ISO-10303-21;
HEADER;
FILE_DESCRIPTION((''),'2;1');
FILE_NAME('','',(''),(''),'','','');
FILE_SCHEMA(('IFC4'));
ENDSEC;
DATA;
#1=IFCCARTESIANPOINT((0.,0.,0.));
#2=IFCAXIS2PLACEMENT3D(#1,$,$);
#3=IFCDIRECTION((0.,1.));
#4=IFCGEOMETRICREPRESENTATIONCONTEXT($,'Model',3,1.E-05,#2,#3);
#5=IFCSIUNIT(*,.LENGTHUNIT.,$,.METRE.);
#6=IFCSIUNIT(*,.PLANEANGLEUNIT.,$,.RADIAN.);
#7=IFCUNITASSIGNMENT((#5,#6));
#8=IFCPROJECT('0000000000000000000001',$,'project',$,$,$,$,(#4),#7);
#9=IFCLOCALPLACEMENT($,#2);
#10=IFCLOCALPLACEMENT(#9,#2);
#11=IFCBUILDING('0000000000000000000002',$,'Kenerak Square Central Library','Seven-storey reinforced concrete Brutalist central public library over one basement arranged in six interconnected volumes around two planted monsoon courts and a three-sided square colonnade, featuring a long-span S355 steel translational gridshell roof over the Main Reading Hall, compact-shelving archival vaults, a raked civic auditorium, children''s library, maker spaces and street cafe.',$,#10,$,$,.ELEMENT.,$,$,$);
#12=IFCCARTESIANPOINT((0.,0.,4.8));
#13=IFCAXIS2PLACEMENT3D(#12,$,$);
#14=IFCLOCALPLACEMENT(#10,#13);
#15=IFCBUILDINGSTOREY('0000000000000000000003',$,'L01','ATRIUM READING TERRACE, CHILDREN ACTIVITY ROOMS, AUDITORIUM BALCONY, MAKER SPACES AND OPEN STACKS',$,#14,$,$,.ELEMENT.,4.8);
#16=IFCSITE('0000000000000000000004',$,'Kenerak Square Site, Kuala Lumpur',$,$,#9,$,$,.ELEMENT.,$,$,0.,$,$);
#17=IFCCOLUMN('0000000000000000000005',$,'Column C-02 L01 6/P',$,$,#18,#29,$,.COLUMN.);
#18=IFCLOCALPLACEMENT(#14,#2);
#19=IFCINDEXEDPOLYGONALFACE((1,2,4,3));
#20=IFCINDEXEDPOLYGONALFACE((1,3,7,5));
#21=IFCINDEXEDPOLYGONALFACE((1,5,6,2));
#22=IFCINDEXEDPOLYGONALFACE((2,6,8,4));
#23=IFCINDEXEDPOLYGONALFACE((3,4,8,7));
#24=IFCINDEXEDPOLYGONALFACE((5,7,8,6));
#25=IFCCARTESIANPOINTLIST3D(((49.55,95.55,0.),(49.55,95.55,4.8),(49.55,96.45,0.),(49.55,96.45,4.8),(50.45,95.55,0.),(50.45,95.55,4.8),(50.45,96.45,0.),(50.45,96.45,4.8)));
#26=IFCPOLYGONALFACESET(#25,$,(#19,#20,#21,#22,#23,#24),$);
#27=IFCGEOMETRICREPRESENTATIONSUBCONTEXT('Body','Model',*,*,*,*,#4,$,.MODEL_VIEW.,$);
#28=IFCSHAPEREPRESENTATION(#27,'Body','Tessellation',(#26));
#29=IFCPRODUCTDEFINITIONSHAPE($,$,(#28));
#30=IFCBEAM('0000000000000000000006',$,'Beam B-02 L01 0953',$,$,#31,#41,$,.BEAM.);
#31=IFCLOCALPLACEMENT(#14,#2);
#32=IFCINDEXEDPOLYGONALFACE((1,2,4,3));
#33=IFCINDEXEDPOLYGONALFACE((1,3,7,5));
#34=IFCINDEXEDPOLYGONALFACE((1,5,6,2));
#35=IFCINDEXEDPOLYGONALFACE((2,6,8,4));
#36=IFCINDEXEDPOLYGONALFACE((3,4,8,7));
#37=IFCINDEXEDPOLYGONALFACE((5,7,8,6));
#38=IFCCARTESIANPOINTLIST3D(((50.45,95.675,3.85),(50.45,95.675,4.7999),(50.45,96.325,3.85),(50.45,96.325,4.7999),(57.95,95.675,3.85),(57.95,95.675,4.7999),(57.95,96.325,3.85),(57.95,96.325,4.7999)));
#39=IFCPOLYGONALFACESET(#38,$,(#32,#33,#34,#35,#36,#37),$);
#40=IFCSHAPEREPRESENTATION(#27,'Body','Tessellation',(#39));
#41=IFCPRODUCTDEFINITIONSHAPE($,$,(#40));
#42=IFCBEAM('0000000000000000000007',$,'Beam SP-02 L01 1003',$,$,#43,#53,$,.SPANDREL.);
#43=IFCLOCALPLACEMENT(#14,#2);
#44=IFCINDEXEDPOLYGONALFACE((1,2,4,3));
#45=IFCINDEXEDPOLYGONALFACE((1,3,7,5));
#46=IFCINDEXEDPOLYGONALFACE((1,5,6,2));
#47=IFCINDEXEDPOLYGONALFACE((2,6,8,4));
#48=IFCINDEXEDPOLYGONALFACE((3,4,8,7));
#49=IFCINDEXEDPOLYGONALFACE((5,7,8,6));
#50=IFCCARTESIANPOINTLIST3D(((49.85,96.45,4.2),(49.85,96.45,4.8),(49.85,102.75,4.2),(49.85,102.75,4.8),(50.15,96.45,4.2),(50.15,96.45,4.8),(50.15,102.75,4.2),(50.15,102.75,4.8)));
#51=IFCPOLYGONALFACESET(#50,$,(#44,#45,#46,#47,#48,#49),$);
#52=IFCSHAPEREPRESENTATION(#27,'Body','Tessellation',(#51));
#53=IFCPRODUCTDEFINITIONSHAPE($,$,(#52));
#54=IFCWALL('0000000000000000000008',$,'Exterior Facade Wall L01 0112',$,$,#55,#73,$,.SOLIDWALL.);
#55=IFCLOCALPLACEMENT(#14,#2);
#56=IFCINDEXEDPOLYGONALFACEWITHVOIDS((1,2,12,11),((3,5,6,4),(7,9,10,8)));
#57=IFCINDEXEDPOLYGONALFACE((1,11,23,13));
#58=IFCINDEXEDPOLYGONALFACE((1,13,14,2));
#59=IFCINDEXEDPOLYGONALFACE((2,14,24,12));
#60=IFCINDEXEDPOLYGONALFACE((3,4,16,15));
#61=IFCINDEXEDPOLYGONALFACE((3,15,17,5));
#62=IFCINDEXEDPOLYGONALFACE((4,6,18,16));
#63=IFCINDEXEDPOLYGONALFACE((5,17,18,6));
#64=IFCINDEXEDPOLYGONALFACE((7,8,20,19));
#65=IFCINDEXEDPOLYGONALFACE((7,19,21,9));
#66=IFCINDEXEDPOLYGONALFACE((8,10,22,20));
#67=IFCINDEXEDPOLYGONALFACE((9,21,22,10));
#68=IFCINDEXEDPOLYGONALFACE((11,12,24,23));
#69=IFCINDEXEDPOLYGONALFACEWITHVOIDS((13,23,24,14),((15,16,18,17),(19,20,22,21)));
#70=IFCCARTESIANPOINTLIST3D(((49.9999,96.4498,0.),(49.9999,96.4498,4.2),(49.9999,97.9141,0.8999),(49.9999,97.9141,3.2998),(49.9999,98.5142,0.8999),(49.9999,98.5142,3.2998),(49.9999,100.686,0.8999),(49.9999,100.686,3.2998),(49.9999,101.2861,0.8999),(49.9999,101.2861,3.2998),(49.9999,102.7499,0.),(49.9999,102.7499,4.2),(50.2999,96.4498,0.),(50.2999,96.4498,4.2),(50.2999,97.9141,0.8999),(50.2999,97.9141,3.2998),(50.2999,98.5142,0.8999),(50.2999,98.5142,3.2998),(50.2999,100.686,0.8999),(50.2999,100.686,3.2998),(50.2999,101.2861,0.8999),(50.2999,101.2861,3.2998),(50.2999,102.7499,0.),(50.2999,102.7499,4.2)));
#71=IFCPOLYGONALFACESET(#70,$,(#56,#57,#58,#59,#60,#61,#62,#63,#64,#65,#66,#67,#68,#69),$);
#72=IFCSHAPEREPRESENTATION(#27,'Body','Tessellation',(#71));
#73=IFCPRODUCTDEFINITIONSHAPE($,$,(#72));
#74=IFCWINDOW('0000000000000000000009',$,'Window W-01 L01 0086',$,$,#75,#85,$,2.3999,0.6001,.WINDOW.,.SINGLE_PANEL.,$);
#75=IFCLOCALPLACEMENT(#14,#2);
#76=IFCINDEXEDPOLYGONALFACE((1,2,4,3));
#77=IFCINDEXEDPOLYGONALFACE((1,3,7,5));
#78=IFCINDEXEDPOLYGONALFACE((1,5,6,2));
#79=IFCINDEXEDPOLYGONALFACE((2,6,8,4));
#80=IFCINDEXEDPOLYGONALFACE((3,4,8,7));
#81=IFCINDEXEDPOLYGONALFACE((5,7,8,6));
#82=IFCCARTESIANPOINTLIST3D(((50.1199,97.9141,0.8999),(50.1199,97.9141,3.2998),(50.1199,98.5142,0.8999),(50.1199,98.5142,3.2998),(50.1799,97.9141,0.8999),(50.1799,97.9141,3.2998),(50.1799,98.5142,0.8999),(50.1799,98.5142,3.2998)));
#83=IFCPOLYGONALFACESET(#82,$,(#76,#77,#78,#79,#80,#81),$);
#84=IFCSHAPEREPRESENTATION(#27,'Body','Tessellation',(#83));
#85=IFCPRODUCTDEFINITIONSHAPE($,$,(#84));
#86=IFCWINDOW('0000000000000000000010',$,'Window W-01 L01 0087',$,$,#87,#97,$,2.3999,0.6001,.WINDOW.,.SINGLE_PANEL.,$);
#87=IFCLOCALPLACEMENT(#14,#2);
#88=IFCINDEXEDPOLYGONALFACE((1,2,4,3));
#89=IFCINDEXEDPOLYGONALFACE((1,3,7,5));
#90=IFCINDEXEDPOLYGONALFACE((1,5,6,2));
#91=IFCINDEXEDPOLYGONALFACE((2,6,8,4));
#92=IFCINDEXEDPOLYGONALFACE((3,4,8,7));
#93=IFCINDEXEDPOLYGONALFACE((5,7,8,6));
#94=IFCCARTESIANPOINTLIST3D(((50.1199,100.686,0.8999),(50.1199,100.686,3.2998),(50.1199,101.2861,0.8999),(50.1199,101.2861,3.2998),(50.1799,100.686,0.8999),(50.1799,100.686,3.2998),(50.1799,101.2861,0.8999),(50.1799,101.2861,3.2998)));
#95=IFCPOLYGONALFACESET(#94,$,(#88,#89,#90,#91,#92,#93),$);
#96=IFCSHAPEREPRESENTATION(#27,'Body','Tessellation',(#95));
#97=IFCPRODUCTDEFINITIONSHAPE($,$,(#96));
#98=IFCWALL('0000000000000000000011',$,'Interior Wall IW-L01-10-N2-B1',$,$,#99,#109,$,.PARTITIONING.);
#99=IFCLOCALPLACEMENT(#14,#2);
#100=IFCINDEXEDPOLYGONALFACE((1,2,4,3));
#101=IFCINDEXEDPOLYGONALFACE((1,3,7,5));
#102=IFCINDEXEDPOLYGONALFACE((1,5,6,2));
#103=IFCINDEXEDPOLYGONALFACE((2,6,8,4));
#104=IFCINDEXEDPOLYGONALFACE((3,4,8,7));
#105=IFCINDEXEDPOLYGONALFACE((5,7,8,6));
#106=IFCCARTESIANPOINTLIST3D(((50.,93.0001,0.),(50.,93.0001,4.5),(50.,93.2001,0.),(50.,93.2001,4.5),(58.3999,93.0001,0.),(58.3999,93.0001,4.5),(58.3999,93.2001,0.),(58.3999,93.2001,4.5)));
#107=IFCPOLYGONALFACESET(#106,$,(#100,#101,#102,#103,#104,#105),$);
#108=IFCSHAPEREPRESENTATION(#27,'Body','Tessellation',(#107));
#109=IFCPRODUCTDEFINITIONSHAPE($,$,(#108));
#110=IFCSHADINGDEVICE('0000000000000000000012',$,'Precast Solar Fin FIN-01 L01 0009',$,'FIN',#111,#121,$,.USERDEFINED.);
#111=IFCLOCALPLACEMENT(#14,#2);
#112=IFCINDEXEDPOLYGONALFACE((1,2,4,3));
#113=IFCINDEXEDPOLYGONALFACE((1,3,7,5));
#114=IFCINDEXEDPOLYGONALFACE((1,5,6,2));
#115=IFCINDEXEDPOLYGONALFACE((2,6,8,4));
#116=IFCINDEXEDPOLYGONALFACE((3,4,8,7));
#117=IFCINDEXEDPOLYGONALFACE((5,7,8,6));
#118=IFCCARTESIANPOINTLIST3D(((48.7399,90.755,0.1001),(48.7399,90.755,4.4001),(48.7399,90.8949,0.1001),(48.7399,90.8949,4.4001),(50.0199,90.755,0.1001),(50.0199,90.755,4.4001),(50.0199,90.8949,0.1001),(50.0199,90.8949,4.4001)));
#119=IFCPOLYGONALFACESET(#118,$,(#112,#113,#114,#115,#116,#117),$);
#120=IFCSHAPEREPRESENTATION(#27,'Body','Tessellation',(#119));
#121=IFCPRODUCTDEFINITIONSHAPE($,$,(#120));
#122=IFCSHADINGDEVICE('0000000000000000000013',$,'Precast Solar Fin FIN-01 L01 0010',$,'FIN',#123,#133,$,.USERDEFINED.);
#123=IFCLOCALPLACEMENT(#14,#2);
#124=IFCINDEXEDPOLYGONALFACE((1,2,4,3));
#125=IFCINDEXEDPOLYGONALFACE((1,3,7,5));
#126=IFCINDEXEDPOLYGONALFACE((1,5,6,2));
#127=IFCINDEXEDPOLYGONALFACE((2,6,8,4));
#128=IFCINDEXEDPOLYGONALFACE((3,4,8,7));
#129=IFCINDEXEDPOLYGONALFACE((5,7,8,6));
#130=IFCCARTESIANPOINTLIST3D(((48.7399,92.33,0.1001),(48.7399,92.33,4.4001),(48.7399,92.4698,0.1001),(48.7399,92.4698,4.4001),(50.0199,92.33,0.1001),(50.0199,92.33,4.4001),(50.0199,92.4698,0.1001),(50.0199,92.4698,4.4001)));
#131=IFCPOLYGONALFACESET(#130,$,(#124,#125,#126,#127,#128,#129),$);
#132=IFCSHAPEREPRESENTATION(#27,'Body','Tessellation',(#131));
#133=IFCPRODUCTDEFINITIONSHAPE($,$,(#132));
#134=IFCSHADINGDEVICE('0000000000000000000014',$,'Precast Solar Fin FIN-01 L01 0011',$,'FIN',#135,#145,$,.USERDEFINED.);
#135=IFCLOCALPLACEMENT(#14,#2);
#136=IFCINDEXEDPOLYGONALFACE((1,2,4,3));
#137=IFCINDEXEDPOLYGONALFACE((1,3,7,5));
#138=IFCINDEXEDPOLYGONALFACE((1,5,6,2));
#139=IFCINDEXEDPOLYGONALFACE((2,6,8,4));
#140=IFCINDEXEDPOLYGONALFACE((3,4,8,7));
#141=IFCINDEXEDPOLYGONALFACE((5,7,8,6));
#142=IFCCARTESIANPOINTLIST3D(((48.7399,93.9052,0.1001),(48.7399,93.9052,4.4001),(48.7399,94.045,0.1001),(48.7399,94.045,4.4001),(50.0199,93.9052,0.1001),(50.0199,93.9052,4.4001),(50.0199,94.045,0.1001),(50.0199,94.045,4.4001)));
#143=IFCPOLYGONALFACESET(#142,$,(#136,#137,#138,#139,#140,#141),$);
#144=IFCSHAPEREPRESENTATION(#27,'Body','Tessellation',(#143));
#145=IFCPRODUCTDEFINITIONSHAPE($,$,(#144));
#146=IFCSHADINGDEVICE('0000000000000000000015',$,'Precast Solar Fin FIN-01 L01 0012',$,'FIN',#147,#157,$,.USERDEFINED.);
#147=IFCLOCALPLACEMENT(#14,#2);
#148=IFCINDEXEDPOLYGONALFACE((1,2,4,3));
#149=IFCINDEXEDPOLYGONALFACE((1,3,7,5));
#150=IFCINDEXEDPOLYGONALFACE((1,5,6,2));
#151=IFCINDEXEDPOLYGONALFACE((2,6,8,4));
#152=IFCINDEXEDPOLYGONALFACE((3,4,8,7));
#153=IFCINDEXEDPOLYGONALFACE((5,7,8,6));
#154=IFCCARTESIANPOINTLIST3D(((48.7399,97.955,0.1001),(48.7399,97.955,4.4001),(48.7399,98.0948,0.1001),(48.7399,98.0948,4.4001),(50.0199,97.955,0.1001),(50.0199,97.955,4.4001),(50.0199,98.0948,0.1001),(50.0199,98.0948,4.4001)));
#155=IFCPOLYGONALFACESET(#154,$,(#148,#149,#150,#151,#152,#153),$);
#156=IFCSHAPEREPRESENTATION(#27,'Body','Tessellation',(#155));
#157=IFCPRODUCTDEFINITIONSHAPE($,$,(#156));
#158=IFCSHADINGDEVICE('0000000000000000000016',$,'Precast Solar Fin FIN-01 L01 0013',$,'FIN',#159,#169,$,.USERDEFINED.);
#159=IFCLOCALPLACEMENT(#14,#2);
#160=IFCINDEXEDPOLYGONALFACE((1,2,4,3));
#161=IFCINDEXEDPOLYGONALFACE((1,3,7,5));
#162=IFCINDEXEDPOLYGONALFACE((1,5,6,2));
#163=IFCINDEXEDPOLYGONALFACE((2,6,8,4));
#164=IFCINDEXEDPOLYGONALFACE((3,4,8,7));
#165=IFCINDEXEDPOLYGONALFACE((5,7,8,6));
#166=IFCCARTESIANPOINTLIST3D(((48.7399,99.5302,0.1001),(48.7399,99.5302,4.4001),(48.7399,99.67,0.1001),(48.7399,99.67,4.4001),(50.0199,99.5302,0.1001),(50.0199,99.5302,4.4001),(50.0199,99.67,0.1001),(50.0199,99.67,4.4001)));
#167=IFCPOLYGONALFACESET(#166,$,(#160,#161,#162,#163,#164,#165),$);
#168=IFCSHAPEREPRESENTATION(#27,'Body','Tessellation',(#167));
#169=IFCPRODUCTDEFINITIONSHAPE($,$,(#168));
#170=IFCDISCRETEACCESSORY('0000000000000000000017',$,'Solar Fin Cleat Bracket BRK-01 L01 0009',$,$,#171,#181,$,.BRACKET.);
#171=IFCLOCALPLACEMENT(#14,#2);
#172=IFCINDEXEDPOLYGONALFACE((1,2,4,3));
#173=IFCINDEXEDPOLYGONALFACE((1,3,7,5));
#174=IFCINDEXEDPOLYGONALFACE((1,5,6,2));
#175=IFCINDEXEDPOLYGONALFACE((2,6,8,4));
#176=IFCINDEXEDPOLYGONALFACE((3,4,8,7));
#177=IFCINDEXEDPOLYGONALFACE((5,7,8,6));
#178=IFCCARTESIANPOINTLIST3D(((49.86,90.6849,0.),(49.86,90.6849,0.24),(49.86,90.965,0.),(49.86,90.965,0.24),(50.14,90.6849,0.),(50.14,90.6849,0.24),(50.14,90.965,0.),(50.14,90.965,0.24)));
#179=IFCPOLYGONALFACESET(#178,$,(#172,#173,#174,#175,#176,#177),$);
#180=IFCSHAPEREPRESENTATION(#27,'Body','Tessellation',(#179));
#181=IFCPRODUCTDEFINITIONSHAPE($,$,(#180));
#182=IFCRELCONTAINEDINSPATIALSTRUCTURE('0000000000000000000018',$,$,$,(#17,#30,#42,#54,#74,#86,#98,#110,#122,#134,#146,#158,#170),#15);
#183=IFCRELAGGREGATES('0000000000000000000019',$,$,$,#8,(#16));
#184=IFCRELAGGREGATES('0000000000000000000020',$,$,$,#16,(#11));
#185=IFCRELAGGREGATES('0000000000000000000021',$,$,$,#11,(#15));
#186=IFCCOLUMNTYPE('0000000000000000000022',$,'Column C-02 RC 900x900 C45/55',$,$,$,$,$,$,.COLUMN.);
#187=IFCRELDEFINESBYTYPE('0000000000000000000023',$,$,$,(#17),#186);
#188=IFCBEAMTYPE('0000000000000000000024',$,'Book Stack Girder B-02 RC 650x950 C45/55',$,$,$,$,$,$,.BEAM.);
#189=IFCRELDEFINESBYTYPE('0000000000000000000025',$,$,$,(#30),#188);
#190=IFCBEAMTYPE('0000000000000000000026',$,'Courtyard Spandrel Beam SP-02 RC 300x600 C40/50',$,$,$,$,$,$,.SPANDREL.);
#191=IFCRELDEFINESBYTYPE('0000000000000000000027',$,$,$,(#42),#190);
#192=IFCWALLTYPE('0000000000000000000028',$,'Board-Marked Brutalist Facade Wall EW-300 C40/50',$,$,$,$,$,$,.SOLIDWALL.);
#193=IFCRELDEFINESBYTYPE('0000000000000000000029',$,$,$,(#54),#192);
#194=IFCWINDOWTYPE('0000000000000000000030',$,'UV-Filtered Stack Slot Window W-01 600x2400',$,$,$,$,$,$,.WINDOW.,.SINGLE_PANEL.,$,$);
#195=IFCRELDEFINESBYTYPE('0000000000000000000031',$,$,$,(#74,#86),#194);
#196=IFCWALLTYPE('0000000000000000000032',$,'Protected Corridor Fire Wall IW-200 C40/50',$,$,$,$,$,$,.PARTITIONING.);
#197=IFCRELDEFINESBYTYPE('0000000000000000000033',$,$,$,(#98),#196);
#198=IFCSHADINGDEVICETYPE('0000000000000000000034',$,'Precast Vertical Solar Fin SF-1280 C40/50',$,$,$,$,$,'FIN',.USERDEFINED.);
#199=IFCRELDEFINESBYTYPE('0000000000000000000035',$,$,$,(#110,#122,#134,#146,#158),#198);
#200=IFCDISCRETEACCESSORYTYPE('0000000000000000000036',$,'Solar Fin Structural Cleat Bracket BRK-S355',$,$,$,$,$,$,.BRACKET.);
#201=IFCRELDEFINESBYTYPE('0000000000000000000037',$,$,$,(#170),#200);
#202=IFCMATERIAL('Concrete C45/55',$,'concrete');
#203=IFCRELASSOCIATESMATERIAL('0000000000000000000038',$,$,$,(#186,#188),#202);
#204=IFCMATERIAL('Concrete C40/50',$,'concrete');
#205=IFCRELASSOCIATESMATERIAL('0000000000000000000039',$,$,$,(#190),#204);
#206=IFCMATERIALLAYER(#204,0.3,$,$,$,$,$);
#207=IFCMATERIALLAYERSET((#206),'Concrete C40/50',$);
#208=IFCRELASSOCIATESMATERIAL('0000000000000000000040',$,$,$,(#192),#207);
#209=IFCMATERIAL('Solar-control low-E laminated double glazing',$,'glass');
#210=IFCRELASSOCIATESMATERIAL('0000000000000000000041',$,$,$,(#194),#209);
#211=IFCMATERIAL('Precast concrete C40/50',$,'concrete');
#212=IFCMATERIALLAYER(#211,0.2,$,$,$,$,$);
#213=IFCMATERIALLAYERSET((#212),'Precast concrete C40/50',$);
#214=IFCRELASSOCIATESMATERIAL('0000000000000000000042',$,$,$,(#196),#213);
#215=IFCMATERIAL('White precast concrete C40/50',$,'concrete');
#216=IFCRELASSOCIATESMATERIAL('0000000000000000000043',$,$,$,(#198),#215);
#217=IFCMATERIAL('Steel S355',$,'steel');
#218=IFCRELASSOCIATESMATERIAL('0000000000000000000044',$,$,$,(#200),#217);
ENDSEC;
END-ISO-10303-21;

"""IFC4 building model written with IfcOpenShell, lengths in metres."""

from ifc_helpers import new_model, si_unit, direction, frame, frame_2d, origin, origin_2d, place, context, subcontext, project, spatial, rectangle, extrude, material, layer, layer_set, material_profile, profile_set, type_object, element, fill, save


model = new_model("IFC4")

# Units and contexts
model_context = context("Model", 3, precision=1e-05, world=origin(), true_north=direction((0.0, 1.0)))
body_context = subcontext(model_context, "Body", "Model", "MODEL_VIEW")
ifc_project = project(units=[si_unit("LENGTHUNIT", "METRE"), si_unit("PLANEANGLEUNIT", "RADIAN")], contexts=[model_context])

# Site, building, storey
site_placement = place(None, origin())
site = spatial("IfcSite", under=ifc_project, at=site_placement, Name="Kenerak Square Site, Kuala Lumpur", CompositionType="ELEMENT", RefElevation=0.0)
building_placement = place(site_placement, origin())
building = spatial("IfcBuilding", under=site, at=building_placement, Name="Kenerak Square Central Library", Description="Seven-storey reinforced concrete Brutalist central public library over one basement arranged in six interconnected volumes around two planted monsoon courts and a three-sided square colonnade, featuring a long-span S355 steel translational gridshell roof over the Main Reading Hall, compact-shelving archival vaults, a raked civic auditorium, children's library, maker spaces and street cafe.", CompositionType="ELEMENT")
storey_placement = place(building_placement, frame((0.0, 0.0, 4.8)))
storey = spatial("IfcBuildingStorey", under=building, at=storey_placement, Name="L01", Description="ATRIUM READING TERRACE, CHILDREN ACTIVITY ROOMS, AUDITORIUM BALCONY, MAKER SPACES AND OPEN STACKS", CompositionType="ELEMENT", Elevation=4.8)

# Column
ifc_material_1 = material(Name="Concrete C45/55", Category="concrete")
ifc_material_profile_1 = material_profile(ifc_material_1, rectangle(XDim=0.8999, YDim=0.8999, at=origin_2d()), Name="RC 900x900")
ifc_profile_set_1 = profile_set([ifc_material_profile_1], Name="Concrete C45/55")
column_type = type_object("IfcColumnType", Name="Column C-02 RC 900x900 C45/55", PredefinedType="COLUMN", material=ifc_profile_set_1)
column_placement = place(storey_placement, frame((50.0, 96.0, 0.0), z_axis=(0.0, 0.0, 1.0), x_axis=(1.0, 0.0, 0.0)))
element("IfcColumn", 1, at=column_placement, inside=storey, type_object=column_type, Name="Column C-02 L01 6/P", PredefinedType="COLUMN", context=body_context, shape_type="SweptSolid", body=[
    extrude(rectangle(XDim=0.8999, YDim=0.8999, at=origin_2d()), origin(), (0.0, 0.0, 1.0), 4.8),
])

# Beams
ifc_material_profile_2 = material_profile(ifc_material_1, rectangle(XDim=0.6499, YDim=0.95, at=origin_2d()), Name="RC 650x950")
ifc_profile_set_2 = profile_set([ifc_material_profile_2], Name="Concrete C45/55")
beam_type_1 = type_object("IfcBeamType", Name="Book Stack Girder B-02 RC 650x950 C45/55", PredefinedType="BEAM", material=ifc_profile_set_2)
beam_1_placement = place(storey_placement, frame((50.45, 96.0, 4.325), z_axis=(1.0, 0.0, 0.0), x_axis=(0.0, 1.0, 0.0)))
element("IfcBeam", 2, at=beam_1_placement, inside=storey, type_object=beam_type_1, Name="Beam B-02 L01 0953", PredefinedType="BEAM", context=body_context, shape_type="SweptSolid", body=[
    extrude(rectangle(XDim=0.6499, YDim=0.95, at=origin_2d()), origin(), (0.0, 0.0, 1.0), 7.5),
])
ifc_material_2 = material(Name="Concrete C40/50", Category="concrete")
ifc_material_profile_3 = material_profile(ifc_material_2, rectangle(XDim=0.3, YDim=0.6001, at=origin_2d()), Name="RC 300x600")
ifc_profile_set_3 = profile_set([ifc_material_profile_3], Name="Concrete C40/50")
beam_type_2 = type_object("IfcBeamType", Name="Courtyard Spandrel Beam SP-02 RC 300x600 C40/50", PredefinedType="SPANDREL", material=ifc_profile_set_3)
beam_2_placement = place(storey_placement, frame((50.0, 96.45, 4.5), z_axis=(0.0, 1.0, 0.0), x_axis=(-1.0, 0.0, 0.0)))
element("IfcBeam", 3, at=beam_2_placement, inside=storey, type_object=beam_type_2, Name="Beam SP-02 L01 1003", PredefinedType="SPANDREL", context=body_context, shape_type="SweptSolid", body=[
    extrude(rectangle(XDim=0.3, YDim=0.6001, at=origin_2d()), origin(), (0.0, 0.0, 1.0), 6.3),
])

# Wall, openings, windows
ifc_layer_1 = layer(ifc_material_2, 0.3)
ifc_layer_set_1 = layer_set([ifc_layer_1], Name="Concrete C40/50")
wall_type_1 = type_object("IfcWallType", Name="Board-Marked Brutalist Facade Wall EW-300 C40/50", PredefinedType="SOLIDWALL", material=ifc_layer_set_1)
wall_1_placement = place(storey_placement, frame((50.1499, 96.45, 0.0), z_axis=(0.0, 0.0, 1.0), x_axis=(0.0, 1.0, 0.0)))
wall_1 = element("IfcWall", 4, at=wall_1_placement, inside=storey, type_object=wall_type_1, Name="Exterior Facade Wall L01 0112", PredefinedType="SOLIDWALL", context=body_context, shape_type="SweptSolid", body=[
    extrude(rectangle(XDim=6.3, YDim=0.3, at=frame_2d((3.1499, 0.0))), origin(), (0.0, 0.0, 1.0), 4.2),
])
opening_1_placement = place(wall_1_placement, frame((1.4641, 0.0, 0.8999)))
opening_1 = element("IfcOpeningElement", 5, at=opening_1_placement, cuts=wall_1, PredefinedType="OPENING", context=body_context, shape_type="SweptSolid", body=[
    extrude(rectangle(XDim=0.6001, YDim=2.3999, at=frame_2d((0.3, 1.2))), frame((0.0, 0.1599, 0.0), z_axis=(0.0, -1.0, 0.0), x_axis=(1.0, 0.0, 0.0)), (0.0, 0.0, 1.0), 0.3201),
])
opening_2_placement = place(wall_1_placement, frame((4.2361, 0.0, 0.8999)))
opening_2 = element("IfcOpeningElement", 6, at=opening_2_placement, cuts=wall_1, PredefinedType="OPENING", context=body_context, shape_type="SweptSolid", body=[
    extrude(rectangle(XDim=0.6001, YDim=2.3999, at=frame_2d((0.3, 1.2))), frame((0.0, 0.1599, 0.0), z_axis=(0.0, -1.0, 0.0), x_axis=(1.0, 0.0, 0.0)), (0.0, 0.0, 1.0), 0.3201),
])
ifc_material_3 = material(Name="Solar-control low-E laminated double glazing", Category="glass")
window_type = type_object("IfcWindowType", Name="UV-Filtered Stack Slot Window W-01 600x2400", PartitioningType="SINGLE_PANEL", PredefinedType="WINDOW", material=ifc_material_3)
window_1_placement = place(opening_1_placement, origin())
window_1 = element("IfcWindow", 7, at=window_1_placement, inside=storey, type_object=window_type, Name="Window W-01 L01 0086", OverallHeight=2.3999, OverallWidth=0.6001, PartitioningType="SINGLE_PANEL", PredefinedType="WINDOW", context=body_context, shape_type="SweptSolid", body=[
    extrude(rectangle(XDim=0.6001, YDim=2.3999, at=frame_2d((0.3, 1.2))), frame((0.0, 0.03, 0.0), z_axis=(0.0, -1.0, 0.0), x_axis=(1.0, 0.0, 0.0)), (0.0, 0.0, 1.0), 0.0601),
])
fill(opening_1, window_1)
window_2_placement = place(opening_2_placement, origin())
window_2 = element("IfcWindow", 8, at=window_2_placement, inside=storey, type_object=window_type, Name="Window W-01 L01 0087", OverallHeight=2.3999, OverallWidth=0.6001, PartitioningType="SINGLE_PANEL", PredefinedType="WINDOW", context=body_context, shape_type="SweptSolid", body=[
    extrude(rectangle(XDim=0.6001, YDim=2.3999, at=frame_2d((0.3, 1.2))), frame((0.0, 0.03, 0.0), z_axis=(0.0, -1.0, 0.0), x_axis=(1.0, 0.0, 0.0)), (0.0, 0.0, 1.0), 0.0601),
])
fill(opening_2, window_2)

# Wall
ifc_material_4 = material(Name="Precast concrete C40/50", Category="concrete")
ifc_layer_2 = layer(ifc_material_4, 0.2)
ifc_layer_set_2 = layer_set([ifc_layer_2], Name="Precast concrete C40/50")
wall_type_2 = type_object("IfcWallType", Name="Protected Corridor Fire Wall IW-200 C40/50", PredefinedType="PARTITIONING", material=ifc_layer_set_2)
wall_2_placement = place(storey_placement, frame((50.0, 93.1001, 0.0), z_axis=(0.0, 0.0, 1.0), x_axis=(1.0, 0.0, 0.0)))
element("IfcWall", 9, at=wall_2_placement, inside=storey, type_object=wall_type_2, Name="Interior Wall IW-L01-10-N2-B1", PredefinedType="PARTITIONING", context=body_context, shape_type="SweptSolid", body=[
    extrude(rectangle(XDim=8.3999, YDim=0.2, at=frame_2d((4.2, 0.0))), origin(), (0.0, 0.0, 1.0), 4.5),
])

# Shading devices
ifc_material_5 = material(Name="White precast concrete C40/50", Category="concrete")
shading_device_type = type_object("IfcShadingDeviceType", Name="Precast Vertical Solar Fin SF-1280 C40/50", ElementType="FIN", PredefinedType="USERDEFINED", material=ifc_material_5)
for number, where, z_axis, x_axis, name in (
    (10, (49.3799, 90.825, 0.1001), (0.0, 0.0, 1.0), (0.0, 1.0, 0.0), "Precast Solar Fin FIN-01 L01 0009"),
    (11, (49.3799, 92.3999, 0.1001), (0.0, 0.0, 1.0), (0.0, 1.0, 0.0), "Precast Solar Fin FIN-01 L01 0010"),
    (12, (49.3799, 93.9751, 0.1001), (0.0, 0.0, 1.0), (0.0, 1.0, 0.0), "Precast Solar Fin FIN-01 L01 0011"),
    (13, (49.3799, 98.0249, 0.1001), (0.0, 0.0, 1.0), (0.0, 1.0, 0.0), "Precast Solar Fin FIN-01 L01 0012"),
    (14, (49.3799, 99.6001, 0.1001), (0.0, 0.0, 1.0), (0.0, 1.0, 0.0), "Precast Solar Fin FIN-01 L01 0013"),
):
    element("IfcShadingDevice", number, at=place(storey_placement, frame(where, z_axis=z_axis, x_axis=x_axis)), inside=storey, type_object=shading_device_type, Name=name, ObjectType="FIN", PredefinedType="USERDEFINED", context=body_context, shape_type="SweptSolid", body=[
        extrude(rectangle(XDim=0.1399, YDim=1.28, at=origin_2d()), origin(), (0.0, 0.0, 1.0), 4.3),
    ])

# Discrete accessory
ifc_material_6 = material(Name="Steel S355", Category="steel")
discrete_accessory_type = type_object("IfcDiscreteAccessoryType", Name="Solar Fin Structural Cleat Bracket BRK-S355", PredefinedType="BRACKET", material=ifc_material_6)
for number, where, z_axis, x_axis, name in (
    (15, (50.0, 90.825, 0.0), (0.0, 0.0, 1.0), (0.0, 1.0, 0.0), "Solar Fin Cleat Bracket BRK-01 L01 0009"),
):
    element("IfcDiscreteAccessory", number, at=place(storey_placement, frame(where, z_axis=z_axis, x_axis=x_axis)), inside=storey, type_object=discrete_accessory_type, Name=name, PredefinedType="BRACKET", context=body_context, shape_type="SweptSolid", body=[
        extrude(rectangle(XDim=0.28, YDim=0.28, at=origin_2d()), origin(), (0.0, 0.0, 1.0), 0.24),
    ])

save(model, "model.ifc")
